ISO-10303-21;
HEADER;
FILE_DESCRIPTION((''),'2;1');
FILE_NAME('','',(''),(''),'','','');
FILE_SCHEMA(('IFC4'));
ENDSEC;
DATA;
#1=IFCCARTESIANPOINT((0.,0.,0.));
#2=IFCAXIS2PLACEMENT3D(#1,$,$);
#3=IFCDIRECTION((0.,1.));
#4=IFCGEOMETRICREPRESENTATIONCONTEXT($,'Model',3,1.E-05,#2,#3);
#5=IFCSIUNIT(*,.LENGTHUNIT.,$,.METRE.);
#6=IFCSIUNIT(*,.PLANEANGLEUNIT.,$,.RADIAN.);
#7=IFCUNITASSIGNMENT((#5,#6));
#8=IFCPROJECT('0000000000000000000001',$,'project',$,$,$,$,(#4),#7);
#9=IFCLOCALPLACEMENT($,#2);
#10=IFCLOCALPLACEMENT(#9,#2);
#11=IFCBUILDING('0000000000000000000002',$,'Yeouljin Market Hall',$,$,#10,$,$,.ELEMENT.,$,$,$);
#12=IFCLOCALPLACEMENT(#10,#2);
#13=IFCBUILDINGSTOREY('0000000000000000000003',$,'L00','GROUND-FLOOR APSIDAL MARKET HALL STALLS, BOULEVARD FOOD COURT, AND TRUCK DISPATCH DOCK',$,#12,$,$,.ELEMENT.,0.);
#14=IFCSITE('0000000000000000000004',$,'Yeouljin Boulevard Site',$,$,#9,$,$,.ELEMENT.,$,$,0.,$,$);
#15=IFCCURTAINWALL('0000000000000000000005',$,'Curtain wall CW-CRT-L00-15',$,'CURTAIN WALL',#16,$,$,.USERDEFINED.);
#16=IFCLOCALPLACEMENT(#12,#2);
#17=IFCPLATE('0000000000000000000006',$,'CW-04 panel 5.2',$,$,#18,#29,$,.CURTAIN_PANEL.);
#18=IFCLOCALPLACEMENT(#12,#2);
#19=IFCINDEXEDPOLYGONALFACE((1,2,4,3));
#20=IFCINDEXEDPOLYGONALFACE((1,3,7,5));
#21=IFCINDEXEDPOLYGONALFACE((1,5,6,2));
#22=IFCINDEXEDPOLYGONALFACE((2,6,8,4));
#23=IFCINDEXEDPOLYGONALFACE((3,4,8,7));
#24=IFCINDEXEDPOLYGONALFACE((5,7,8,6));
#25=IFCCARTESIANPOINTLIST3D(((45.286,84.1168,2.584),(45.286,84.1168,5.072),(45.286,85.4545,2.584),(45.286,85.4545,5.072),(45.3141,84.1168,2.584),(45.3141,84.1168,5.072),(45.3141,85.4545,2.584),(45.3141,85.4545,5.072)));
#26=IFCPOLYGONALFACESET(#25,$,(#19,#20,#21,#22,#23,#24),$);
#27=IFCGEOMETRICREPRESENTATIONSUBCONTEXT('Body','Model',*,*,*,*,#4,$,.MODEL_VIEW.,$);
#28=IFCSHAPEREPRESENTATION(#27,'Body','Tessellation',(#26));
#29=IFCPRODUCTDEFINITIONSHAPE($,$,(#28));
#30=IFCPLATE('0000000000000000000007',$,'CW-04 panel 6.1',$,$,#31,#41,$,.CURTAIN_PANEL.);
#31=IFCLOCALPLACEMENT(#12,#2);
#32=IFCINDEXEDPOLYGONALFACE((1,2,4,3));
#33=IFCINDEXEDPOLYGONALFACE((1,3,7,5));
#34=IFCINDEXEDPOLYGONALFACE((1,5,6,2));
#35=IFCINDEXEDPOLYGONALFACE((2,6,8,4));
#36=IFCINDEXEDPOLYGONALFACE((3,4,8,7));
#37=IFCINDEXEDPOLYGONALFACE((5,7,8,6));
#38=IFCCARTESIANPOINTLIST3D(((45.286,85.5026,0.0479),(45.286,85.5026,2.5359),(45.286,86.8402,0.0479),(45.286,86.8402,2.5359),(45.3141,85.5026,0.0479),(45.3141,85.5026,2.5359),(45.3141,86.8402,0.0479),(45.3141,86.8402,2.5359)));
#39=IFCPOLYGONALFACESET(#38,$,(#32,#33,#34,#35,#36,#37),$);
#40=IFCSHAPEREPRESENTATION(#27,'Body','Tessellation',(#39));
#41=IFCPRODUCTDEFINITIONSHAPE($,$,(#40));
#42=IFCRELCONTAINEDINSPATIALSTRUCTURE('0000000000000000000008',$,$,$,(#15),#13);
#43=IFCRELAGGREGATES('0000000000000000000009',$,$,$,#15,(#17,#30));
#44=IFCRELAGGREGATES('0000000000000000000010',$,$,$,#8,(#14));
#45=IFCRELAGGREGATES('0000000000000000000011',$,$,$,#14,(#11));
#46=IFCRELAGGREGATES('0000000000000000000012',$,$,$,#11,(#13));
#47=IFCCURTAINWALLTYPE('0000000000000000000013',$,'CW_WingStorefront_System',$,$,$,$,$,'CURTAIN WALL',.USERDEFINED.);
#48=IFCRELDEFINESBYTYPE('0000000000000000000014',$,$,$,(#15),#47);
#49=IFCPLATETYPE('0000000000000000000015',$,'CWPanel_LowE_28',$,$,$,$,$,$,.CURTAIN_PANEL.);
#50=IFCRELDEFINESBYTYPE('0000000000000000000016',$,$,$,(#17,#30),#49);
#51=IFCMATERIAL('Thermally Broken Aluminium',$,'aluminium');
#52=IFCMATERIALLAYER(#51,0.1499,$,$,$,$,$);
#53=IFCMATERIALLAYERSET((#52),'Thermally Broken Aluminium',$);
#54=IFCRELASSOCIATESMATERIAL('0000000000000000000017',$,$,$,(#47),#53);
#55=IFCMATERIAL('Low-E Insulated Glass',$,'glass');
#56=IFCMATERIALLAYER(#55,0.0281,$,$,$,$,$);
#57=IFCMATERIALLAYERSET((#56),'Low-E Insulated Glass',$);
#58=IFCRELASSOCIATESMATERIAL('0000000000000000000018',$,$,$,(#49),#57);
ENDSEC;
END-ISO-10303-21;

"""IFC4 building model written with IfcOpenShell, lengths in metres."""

from ifc_helpers import new_model, si_unit, direction, frame, origin, origin_2d, place, context, subcontext, project, spatial, rectangle, extrude, material, layer, layer_set, type_object, element, aggregate, save


model = new_model("IFC4")

# Units and contexts
model_context = context("Model", 3, precision=1e-05, world=origin(), true_north=direction((0.0, 1.0)))
body_context = subcontext(model_context, "Body", "Model", "MODEL_VIEW")
ifc_project = project(units=[si_unit("LENGTHUNIT", "METRE"), si_unit("PLANEANGLEUNIT", "RADIAN")], contexts=[model_context])

# Site, building, storey
site_placement = place(None, origin())
site = spatial("IfcSite", under=ifc_project, at=site_placement, Name="Yeouljin Boulevard Site", CompositionType="ELEMENT", RefElevation=0.0)
building_placement = place(site_placement, origin())
building = spatial("IfcBuilding", under=site, at=building_placement, Name="Yeouljin Market Hall", CompositionType="ELEMENT")
storey_placement = place(building_placement, origin())
storey = spatial("IfcBuildingStorey", under=building, at=storey_placement, Name="L00", Description="GROUND-FLOOR APSIDAL MARKET HALL STALLS, BOULEVARD FOOD COURT, AND TRUCK DISPATCH DOCK", CompositionType="ELEMENT", Elevation=0.0)

# Curtain wall, plates
ifc_material_1 = material(Name="Thermally Broken Aluminium", Category="aluminium")
ifc_layer_1 = layer(ifc_material_1, 0.1499)
ifc_layer_set_1 = layer_set([ifc_layer_1], Name="Thermally Broken Aluminium")
curtain_wall_type = type_object("IfcCurtainWallType", Name="CW_WingStorefront_System", ElementType="CURTAIN WALL", PredefinedType="USERDEFINED", material=ifc_layer_set_1)
curtain_wall_placement = place(storey_placement, origin())
curtain_wall = element("IfcCurtainWall", 1, at=curtain_wall_placement, inside=storey, type_object=curtain_wall_type, Name="Curtain wall CW-CRT-L00-15", ObjectType="CURTAIN WALL", PredefinedType="USERDEFINED")
ifc_material_2 = material(Name="Low-E Insulated Glass", Category="glass")
ifc_layer_2 = layer(ifc_material_2, 0.0281)
ifc_layer_set_2 = layer_set([ifc_layer_2], Name="Low-E Insulated Glass")
plate_type = type_object("IfcPlateType", Name="CWPanel_LowE_28", PredefinedType="CURTAIN_PANEL", material=ifc_layer_set_2)
plate_1_placement = place(storey_placement, frame((45.3, 84.7856, 2.584), z_axis=(0.0, 0.0, 1.0), x_axis=(0.0, 1.0, 0.0)))
plate_1 = element("IfcPlate", 2, at=plate_1_placement, type_object=plate_type, Name="CW-04 panel 5.2", PredefinedType="CURTAIN_PANEL", context=body_context, shape_type="SweptSolid", body=[
    extrude(rectangle(XDim=1.3376, YDim=0.0281, at=origin_2d()), origin(), (0.0, 0.0, 1.0), 2.488),
])
plate_2_placement = place(storey_placement, frame((45.3, 86.1714, 0.0479), z_axis=(0.0, 0.0, 1.0), x_axis=(0.0, 1.0, 0.0)))
plate_2 = element("IfcPlate", 3, at=plate_2_placement, type_object=plate_type, Name="CW-04 panel 6.1", PredefinedType="CURTAIN_PANEL", context=body_context, shape_type="SweptSolid", body=[
    extrude(rectangle(XDim=1.3376, YDim=0.0281, at=origin_2d()), origin(), (0.0, 0.0, 1.0), 2.488),
])
aggregate(curtain_wall, [plate_1, plate_2])

save(model, "model.ifc")
